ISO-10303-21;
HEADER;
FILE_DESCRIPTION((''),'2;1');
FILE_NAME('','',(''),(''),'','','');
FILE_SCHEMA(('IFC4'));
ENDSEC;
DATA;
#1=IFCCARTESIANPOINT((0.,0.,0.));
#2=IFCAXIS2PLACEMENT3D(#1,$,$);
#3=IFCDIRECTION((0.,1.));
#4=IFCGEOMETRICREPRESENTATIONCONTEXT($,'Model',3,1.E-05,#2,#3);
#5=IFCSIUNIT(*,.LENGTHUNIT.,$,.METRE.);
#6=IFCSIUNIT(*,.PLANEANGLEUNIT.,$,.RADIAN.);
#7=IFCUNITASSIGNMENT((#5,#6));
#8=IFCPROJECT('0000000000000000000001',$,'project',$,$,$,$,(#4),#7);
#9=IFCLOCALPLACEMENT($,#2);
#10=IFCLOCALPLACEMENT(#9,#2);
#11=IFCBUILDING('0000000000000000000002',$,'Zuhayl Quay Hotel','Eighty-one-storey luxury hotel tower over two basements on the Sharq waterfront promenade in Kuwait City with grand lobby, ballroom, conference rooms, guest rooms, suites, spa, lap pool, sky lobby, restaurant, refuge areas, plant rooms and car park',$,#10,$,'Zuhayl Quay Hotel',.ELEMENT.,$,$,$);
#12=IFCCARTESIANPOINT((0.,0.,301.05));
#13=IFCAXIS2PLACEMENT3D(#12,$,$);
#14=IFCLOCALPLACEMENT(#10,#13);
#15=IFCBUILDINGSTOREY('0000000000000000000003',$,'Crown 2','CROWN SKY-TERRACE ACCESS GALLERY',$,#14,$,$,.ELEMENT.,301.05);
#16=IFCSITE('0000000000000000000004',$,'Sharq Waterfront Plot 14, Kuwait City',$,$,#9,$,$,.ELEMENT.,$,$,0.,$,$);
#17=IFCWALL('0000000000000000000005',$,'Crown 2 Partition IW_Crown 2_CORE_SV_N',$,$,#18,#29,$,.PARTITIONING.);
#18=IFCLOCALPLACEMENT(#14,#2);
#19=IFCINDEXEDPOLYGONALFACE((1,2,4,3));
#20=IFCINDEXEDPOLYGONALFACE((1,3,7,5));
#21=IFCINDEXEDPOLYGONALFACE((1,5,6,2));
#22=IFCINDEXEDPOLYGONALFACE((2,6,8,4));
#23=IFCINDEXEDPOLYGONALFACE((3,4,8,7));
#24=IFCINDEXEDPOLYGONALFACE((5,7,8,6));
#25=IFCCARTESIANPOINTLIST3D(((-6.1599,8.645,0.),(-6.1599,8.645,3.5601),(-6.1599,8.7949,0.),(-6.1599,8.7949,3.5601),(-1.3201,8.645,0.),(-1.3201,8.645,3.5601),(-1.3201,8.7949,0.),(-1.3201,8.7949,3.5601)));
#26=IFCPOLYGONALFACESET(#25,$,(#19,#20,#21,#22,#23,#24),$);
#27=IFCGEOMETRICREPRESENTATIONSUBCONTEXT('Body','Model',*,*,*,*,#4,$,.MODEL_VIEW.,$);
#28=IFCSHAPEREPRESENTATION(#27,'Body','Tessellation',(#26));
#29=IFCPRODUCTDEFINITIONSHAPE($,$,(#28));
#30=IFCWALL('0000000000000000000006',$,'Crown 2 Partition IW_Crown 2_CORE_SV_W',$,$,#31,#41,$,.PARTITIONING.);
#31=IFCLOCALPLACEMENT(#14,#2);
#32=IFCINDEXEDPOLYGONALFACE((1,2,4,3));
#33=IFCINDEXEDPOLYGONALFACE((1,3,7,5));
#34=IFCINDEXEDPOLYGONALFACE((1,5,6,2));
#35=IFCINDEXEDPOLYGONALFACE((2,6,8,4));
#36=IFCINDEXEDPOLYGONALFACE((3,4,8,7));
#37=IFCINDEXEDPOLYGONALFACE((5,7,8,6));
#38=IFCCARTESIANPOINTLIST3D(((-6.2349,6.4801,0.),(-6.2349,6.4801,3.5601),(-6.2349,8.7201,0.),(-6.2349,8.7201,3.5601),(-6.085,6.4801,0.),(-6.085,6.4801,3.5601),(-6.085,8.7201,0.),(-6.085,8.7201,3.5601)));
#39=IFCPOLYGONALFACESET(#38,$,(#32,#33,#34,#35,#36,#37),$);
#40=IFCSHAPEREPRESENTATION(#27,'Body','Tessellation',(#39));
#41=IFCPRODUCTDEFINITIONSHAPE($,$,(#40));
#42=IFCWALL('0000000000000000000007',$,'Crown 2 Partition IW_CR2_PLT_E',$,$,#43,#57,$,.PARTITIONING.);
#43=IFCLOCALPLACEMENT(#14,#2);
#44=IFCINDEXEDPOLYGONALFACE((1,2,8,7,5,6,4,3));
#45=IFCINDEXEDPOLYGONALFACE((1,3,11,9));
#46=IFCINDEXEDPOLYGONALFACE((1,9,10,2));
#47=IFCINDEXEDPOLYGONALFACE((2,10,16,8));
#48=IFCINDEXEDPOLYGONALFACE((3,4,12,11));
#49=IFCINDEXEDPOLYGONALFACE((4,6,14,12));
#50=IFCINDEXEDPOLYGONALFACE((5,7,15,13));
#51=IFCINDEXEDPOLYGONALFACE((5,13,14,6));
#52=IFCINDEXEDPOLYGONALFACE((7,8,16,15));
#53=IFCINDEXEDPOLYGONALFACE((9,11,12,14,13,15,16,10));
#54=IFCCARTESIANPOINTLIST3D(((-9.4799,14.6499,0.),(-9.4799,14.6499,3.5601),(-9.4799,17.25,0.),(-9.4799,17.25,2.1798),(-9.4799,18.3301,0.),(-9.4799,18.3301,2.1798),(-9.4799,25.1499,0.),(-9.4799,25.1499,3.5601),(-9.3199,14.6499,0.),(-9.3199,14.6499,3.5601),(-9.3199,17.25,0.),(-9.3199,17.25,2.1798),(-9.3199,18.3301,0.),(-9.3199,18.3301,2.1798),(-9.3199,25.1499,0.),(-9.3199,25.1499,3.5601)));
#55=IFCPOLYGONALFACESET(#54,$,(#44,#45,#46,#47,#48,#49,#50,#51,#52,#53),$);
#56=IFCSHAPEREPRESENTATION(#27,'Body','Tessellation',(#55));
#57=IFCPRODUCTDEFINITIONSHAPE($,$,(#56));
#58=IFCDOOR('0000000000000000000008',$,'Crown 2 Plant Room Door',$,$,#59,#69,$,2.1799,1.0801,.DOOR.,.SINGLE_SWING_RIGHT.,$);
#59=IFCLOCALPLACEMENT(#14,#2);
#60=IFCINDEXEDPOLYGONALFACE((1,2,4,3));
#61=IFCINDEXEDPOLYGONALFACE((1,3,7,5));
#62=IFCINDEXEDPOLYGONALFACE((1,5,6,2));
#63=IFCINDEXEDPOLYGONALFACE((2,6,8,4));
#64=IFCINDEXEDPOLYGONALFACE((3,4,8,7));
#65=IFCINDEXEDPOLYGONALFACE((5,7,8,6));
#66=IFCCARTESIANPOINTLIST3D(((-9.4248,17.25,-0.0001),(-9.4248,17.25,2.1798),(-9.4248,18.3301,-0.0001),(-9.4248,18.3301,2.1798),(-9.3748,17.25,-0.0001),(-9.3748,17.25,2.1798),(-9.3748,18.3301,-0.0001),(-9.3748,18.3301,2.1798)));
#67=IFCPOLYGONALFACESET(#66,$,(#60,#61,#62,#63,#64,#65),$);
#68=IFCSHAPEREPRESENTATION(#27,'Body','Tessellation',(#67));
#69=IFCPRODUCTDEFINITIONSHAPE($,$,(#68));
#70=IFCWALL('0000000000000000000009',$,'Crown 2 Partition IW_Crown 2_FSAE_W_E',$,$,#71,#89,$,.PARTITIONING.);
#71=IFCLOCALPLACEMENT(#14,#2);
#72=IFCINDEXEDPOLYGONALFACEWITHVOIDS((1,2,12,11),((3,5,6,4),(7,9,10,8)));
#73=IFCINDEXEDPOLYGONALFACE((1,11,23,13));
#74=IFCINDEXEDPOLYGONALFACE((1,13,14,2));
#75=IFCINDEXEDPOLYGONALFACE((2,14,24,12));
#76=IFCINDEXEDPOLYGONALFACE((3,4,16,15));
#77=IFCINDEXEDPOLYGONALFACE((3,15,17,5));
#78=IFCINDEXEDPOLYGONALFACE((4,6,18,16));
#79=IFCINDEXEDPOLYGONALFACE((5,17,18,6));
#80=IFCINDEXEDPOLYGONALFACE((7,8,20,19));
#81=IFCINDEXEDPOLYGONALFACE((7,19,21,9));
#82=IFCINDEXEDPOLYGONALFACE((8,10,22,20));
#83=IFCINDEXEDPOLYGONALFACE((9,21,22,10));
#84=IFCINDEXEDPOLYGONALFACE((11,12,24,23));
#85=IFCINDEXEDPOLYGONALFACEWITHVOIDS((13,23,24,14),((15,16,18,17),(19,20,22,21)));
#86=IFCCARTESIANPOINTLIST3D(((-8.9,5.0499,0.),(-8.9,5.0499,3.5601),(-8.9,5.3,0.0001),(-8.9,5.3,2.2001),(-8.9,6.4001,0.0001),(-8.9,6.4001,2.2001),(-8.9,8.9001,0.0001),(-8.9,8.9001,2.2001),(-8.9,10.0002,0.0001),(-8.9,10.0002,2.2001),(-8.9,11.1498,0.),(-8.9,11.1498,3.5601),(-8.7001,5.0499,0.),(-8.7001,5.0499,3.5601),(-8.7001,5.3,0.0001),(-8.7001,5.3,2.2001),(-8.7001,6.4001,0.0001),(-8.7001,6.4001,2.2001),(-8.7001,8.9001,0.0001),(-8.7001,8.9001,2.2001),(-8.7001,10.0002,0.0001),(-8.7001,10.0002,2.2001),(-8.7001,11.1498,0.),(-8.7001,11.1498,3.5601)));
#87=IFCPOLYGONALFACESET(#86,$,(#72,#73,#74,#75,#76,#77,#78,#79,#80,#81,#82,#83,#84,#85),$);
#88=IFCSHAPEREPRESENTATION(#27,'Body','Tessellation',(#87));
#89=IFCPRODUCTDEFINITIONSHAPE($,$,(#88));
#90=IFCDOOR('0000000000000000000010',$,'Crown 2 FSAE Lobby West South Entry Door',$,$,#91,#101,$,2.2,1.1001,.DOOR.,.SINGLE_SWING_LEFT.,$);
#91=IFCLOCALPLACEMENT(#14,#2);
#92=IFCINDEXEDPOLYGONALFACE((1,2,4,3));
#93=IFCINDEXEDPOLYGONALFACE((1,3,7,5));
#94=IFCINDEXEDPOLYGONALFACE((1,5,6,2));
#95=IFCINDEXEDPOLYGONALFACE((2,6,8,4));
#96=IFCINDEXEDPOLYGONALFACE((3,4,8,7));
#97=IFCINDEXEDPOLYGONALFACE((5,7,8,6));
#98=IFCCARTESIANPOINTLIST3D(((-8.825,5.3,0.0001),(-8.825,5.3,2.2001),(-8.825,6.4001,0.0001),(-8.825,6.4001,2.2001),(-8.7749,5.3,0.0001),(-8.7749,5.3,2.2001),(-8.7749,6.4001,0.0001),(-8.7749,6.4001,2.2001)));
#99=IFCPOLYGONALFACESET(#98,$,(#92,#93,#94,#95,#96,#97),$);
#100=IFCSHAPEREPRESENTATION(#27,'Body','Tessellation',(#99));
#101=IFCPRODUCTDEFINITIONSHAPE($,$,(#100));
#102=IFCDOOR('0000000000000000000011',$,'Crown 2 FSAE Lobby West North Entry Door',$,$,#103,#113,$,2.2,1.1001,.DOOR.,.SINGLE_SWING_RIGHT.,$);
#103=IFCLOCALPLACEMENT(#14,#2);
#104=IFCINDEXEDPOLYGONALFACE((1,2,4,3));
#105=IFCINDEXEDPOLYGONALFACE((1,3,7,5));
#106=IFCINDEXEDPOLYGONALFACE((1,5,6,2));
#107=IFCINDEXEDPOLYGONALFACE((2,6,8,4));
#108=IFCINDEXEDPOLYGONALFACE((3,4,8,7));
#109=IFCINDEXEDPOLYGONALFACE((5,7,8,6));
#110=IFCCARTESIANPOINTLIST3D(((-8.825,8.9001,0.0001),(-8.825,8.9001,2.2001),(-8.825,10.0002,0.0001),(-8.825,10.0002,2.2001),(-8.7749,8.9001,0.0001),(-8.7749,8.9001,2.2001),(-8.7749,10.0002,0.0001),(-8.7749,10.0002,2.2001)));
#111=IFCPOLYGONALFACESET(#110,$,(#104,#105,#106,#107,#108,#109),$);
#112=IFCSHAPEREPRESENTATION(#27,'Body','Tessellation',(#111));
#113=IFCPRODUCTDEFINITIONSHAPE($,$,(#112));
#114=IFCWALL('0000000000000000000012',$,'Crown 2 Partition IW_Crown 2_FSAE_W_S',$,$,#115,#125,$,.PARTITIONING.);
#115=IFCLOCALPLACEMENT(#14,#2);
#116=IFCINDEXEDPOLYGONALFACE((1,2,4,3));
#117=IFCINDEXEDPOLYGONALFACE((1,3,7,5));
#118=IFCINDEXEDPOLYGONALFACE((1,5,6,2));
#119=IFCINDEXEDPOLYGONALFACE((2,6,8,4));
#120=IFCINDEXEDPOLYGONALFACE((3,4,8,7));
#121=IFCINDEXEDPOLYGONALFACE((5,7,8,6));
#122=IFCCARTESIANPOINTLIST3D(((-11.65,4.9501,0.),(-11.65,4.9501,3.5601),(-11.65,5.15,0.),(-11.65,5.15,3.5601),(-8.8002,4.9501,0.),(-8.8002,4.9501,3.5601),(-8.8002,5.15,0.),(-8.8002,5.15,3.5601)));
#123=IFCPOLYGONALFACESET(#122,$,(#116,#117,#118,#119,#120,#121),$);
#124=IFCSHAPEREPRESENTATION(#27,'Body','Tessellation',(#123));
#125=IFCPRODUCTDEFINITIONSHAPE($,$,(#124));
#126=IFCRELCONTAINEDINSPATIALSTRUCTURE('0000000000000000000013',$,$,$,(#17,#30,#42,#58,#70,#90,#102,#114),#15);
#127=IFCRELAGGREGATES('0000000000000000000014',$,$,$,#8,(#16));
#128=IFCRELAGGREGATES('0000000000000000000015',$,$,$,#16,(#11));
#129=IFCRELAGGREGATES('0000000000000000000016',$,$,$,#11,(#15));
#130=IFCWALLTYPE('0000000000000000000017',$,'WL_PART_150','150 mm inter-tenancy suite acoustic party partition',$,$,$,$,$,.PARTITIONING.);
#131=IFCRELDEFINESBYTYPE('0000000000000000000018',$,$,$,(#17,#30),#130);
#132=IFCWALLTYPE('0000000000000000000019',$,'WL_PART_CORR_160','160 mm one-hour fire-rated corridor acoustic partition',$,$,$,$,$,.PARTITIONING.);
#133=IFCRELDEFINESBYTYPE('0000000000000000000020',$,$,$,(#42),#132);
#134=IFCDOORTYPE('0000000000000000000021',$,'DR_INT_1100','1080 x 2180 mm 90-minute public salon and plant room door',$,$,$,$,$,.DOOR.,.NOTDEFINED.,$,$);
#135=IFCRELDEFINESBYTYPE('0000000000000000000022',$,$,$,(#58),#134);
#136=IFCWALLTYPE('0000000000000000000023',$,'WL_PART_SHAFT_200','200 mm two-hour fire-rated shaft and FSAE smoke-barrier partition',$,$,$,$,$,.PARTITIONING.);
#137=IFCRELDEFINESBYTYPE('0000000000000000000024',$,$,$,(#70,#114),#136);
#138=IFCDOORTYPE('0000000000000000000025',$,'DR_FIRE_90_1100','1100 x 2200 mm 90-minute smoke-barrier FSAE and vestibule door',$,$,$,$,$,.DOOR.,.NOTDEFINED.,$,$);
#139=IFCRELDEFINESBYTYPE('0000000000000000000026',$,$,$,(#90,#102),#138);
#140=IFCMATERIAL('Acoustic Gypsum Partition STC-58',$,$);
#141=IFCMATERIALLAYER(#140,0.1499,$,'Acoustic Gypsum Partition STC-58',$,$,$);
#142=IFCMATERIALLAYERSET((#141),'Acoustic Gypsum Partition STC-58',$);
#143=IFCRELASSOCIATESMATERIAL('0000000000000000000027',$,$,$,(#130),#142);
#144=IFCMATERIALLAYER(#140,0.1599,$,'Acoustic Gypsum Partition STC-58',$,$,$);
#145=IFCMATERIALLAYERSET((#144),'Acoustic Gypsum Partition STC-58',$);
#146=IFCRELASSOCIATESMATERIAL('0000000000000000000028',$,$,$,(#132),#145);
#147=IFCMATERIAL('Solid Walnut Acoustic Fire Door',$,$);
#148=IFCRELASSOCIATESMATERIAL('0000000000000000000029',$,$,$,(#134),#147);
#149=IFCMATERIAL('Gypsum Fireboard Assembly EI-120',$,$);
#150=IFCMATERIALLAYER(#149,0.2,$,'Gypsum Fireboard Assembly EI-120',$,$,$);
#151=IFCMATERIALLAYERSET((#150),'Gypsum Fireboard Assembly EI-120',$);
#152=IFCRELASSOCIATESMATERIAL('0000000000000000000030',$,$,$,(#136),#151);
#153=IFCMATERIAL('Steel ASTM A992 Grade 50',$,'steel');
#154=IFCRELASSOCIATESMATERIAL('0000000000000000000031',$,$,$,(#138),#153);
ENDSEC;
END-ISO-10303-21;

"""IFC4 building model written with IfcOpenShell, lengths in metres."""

from ifc_helpers import new_model, si_unit, direction, frame, frame_2d, origin, place, context, subcontext, project, spatial, rectangle, extrude, material, layer, layer_set, type_object, element, fill, save


model = new_model("IFC4")

# Units and contexts
model_context = context("Model", 3, precision=1e-05, world=origin(), true_north=direction((0.0, 1.0)))
body_context = subcontext(model_context, "Body", "Model", "MODEL_VIEW")
ifc_project = project(units=[si_unit("LENGTHUNIT", "METRE"), si_unit("PLANEANGLEUNIT", "RADIAN")], contexts=[model_context])

# Site, building, storey
site_placement = place(None, origin())
site = spatial("IfcSite", under=ifc_project, at=site_placement, Name="Sharq Waterfront Plot 14, Kuwait City", CompositionType="ELEMENT", RefElevation=0.0)
building_placement = place(site_placement, origin())
building = spatial("IfcBuilding", under=site, at=building_placement, Name="Zuhayl Quay Hotel", Description="Eighty-one-storey luxury hotel tower over two basements on the Sharq waterfront promenade in Kuwait City with grand lobby, ballroom, conference rooms, guest rooms, suites, spa, lap pool, sky lobby, restaurant, refuge areas, plant rooms and car park", LongName="Zuhayl Quay Hotel", CompositionType="ELEMENT")
storey_placement = place(building_placement, frame((0.0, 0.0, 301.05)))
storey = spatial("IfcBuildingStorey", under=building, at=storey_placement, Name="Crown 2", Description="CROWN SKY-TERRACE ACCESS GALLERY", CompositionType="ELEMENT", Elevation=301.05)

# Shared definitions
ifc_material_1 = material(Name="Acoustic Gypsum Partition STC-58")
ifc_layer_1 = layer(ifc_material_1, 0.1499, Name="Acoustic Gypsum Partition STC-58")
ifc_layer_set_1 = layer_set([ifc_layer_1], Name="Acoustic Gypsum Partition STC-58")
wall_type_1 = type_object("IfcWallType", Name="WL_PART_150", Description="150 mm inter-tenancy suite acoustic party partition", PredefinedType="PARTITIONING", material=ifc_layer_set_1)
ifc_material_2 = material(Name="Steel ASTM A992 Grade 50", Category="steel")

# Walls
wall_1_placement = place(storey_placement, frame((-6.1599, 8.72, 0.0), z_axis=(0.0, 0.0, 1.0), x_axis=(1.0, 0.0, 0.0)))
element("IfcWall", 1, at=wall_1_placement, inside=storey, type_object=wall_type_1, Name="Crown 2 Partition IW_Crown 2_CORE_SV_N", PredefinedType="PARTITIONING", context=body_context, shape_type="SweptSolid", body=[
    extrude(rectangle(XDim=4.8398, YDim=0.1499, at=frame_2d((2.4199, 0.0))), origin(), (0.0, 0.0, 1.0), 3.5601),
])
wall_2_placement = place(storey_placement, frame((-6.1599, 6.48, 0.0), z_axis=(0.0, 0.0, 1.0), x_axis=(0.0, 1.0, 0.0)))
element("IfcWall", 2, at=wall_2_placement, inside=storey, type_object=wall_type_1, Name="Crown 2 Partition IW_Crown 2_CORE_SV_W", PredefinedType="PARTITIONING", context=body_context, shape_type="SweptSolid", body=[
    extrude(rectangle(XDim=2.24, YDim=0.1499, at=frame_2d((1.1201, 0.0))), origin(), (0.0, 0.0, 1.0), 3.5601),
])

# Wall, opening, door
ifc_layer_2 = layer(ifc_material_1, 0.1599, Name="Acoustic Gypsum Partition STC-58")
ifc_layer_set_2 = layer_set([ifc_layer_2], Name="Acoustic Gypsum Partition STC-58")
wall_type_2 = type_object("IfcWallType", Name="WL_PART_CORR_160", Description="160 mm one-hour fire-rated corridor acoustic partition", PredefinedType="PARTITIONING", material=ifc_layer_set_2)
wall_3_placement = place(storey_placement, frame((-9.3999, 14.6499, 0.0), z_axis=(0.0, 0.0, 1.0), x_axis=(0.0, 1.0, 0.0)))
wall_3 = element("IfcWall", 3, at=wall_3_placement, inside=storey, type_object=wall_type_2, Name="Crown 2 Partition IW_CR2_PLT_E", PredefinedType="PARTITIONING", context=body_context, shape_type="SweptSolid", body=[
    extrude(rectangle(XDim=10.5, YDim=0.1599, at=frame_2d((5.25, 0.0))), origin(), (0.0, 0.0, 1.0), 3.5601),
])
opening_1_placement = place(wall_3_placement, frame((2.6001, 0.0, 0.0)))
opening_1 = element("IfcOpeningElement", 4, at=opening_1_placement, cuts=wall_3, PredefinedType="OPENING", context=body_context, shape_type="SweptSolid", body=[
    extrude(rectangle(XDim=1.0801, YDim=2.1799, at=frame_2d((0.54, 1.0898))), frame((0.0, 0.0898, 0.0), z_axis=(0.0, -1.0, 0.0), x_axis=(1.0, 0.0, 0.0)), (0.0, 0.0, 1.0), 0.1799),
])
ifc_material_3 = material(Name="Solid Walnut Acoustic Fire Door")
door_type_1 = type_object("IfcDoorType", Name="DR_INT_1100", Description="1080 x 2180 mm 90-minute public salon and plant room door", OperationType="NOTDEFINED", PredefinedType="DOOR", material=ifc_material_3)
door_1_placement = place(opening_1_placement, origin())
door_1 = element("IfcDoor", 5, at=door_1_placement, inside=storey, type_object=door_type_1, Name="Crown 2 Plant Room Door", OperationType="SINGLE_SWING_RIGHT", OverallHeight=2.1799, OverallWidth=1.0801, PredefinedType="DOOR", context=body_context, shape_type="SweptSolid", body=[
    extrude(rectangle(XDim=1.0801, YDim=2.1799, at=frame_2d((0.54, 1.0898))), frame((0.0, 0.0249, 0.0), z_axis=(0.0, -1.0, 0.0), x_axis=(1.0, 0.0, 0.0)), (0.0, 0.0, 1.0), 0.05),
])
fill(opening_1, door_1)

# Wall, openings, doors
ifc_material_4 = material(Name="Gypsum Fireboard Assembly EI-120")
ifc_layer_3 = layer(ifc_material_4, 0.2, Name="Gypsum Fireboard Assembly EI-120")
ifc_layer_set_3 = layer_set([ifc_layer_3], Name="Gypsum Fireboard Assembly EI-120")
wall_type_3 = type_object("IfcWallType", Name="WL_PART_SHAFT_200", Description="200 mm two-hour fire-rated shaft and FSAE smoke-barrier partition", PredefinedType="PARTITIONING", material=ifc_layer_set_3)
wall_4_placement = place(storey_placement, frame((-8.8, 5.05, 0.0), z_axis=(0.0, 0.0, 1.0), x_axis=(0.0, 1.0, 0.0)))
wall_4 = element("IfcWall", 6, at=wall_4_placement, inside=storey, type_object=wall_type_3, Name="Crown 2 Partition IW_Crown 2_FSAE_W_E", PredefinedType="PARTITIONING", context=body_context, shape_type="SweptSolid", body=[
    extrude(rectangle(XDim=6.0999, YDim=0.2, at=frame_2d((3.0498, 0.0))), origin(), (0.0, 0.0, 1.0), 3.5601),
])
opening_2_placement = place(wall_4_placement, frame((0.25, 0.0, 0.0)))
opening_2 = element("IfcOpeningElement", 7, at=opening_2_placement, cuts=wall_4, PredefinedType="OPENING", context=body_context, shape_type="SweptSolid", body=[
    extrude(rectangle(XDim=1.1001, YDim=2.2, at=frame_2d((0.55, 1.1001))), frame((0.0, 0.1099, 0.0), z_axis=(0.0, -1.0, 0.0), x_axis=(1.0, 0.0, 0.0)), (0.0, 0.0, 1.0), 0.22),
])
opening_3_placement = place(wall_4_placement, frame((3.8501, 0.0, 0.0)))
opening_3 = element("IfcOpeningElement", 8, at=opening_3_placement, cuts=wall_4, PredefinedType="OPENING", context=body_context, shape_type="SweptSolid", body=[
    extrude(rectangle(XDim=1.1001, YDim=2.2, at=frame_2d((0.55, 1.1001))), frame((0.0, 0.1099, 0.0), z_axis=(0.0, -1.0, 0.0), x_axis=(1.0, 0.0, 0.0)), (0.0, 0.0, 1.0), 0.22),
])
door_type_2 = type_object("IfcDoorType", Name="DR_FIRE_90_1100", Description="1100 x 2200 mm 90-minute smoke-barrier FSAE and vestibule door", OperationType="NOTDEFINED", PredefinedType="DOOR", material=ifc_material_2)
door_2_placement = place(opening_2_placement, origin())
door_2 = element("IfcDoor", 9, at=door_2_placement, inside=storey, type_object=door_type_2, Name="Crown 2 FSAE Lobby West South Entry Door", OperationType="SINGLE_SWING_LEFT", OverallHeight=2.2, OverallWidth=1.1001, PredefinedType="DOOR", context=body_context, shape_type="SweptSolid", body=[
    extrude(rectangle(XDim=1.1001, YDim=2.2, at=frame_2d((0.55, 1.1001))), frame((0.0, 0.0249, 0.0), z_axis=(0.0, -1.0, 0.0), x_axis=(1.0, 0.0, 0.0)), (0.0, 0.0, 1.0), 0.05),
])
fill(opening_2, door_2)
door_3_placement = place(opening_3_placement, origin())
door_3 = element("IfcDoor", 10, at=door_3_placement, inside=storey, type_object=door_type_2, Name="Crown 2 FSAE Lobby West North Entry Door", OperationType="SINGLE_SWING_RIGHT", OverallHeight=2.2, OverallWidth=1.1001, PredefinedType="DOOR", context=body_context, shape_type="SweptSolid", body=[
    extrude(rectangle(XDim=1.1001, YDim=2.2, at=frame_2d((0.55, 1.1001))), frame((0.0, 0.0249, 0.0), z_axis=(0.0, -1.0, 0.0), x_axis=(1.0, 0.0, 0.0)), (0.0, 0.0, 1.0), 0.05),
])
fill(opening_3, door_3)

# Wall
wall_5_placement = place(storey_placement, frame((-11.6499, 5.05, 0.0), z_axis=(0.0, 0.0, 1.0), x_axis=(1.0, 0.0, 0.0)))
element("IfcWall", 11, at=wall_5_placement, inside=storey, type_object=wall_type_3, Name="Crown 2 Partition IW_Crown 2_FSAE_W_S", PredefinedType="PARTITIONING", context=body_context, shape_type="SweptSolid", body=[
    extrude(rectangle(XDim=2.8499, YDim=0.2, at=frame_2d((1.4248, 0.0))), origin(), (0.0, 0.0, 1.0), 3.5601),
])

save(model, "model.ifc")
